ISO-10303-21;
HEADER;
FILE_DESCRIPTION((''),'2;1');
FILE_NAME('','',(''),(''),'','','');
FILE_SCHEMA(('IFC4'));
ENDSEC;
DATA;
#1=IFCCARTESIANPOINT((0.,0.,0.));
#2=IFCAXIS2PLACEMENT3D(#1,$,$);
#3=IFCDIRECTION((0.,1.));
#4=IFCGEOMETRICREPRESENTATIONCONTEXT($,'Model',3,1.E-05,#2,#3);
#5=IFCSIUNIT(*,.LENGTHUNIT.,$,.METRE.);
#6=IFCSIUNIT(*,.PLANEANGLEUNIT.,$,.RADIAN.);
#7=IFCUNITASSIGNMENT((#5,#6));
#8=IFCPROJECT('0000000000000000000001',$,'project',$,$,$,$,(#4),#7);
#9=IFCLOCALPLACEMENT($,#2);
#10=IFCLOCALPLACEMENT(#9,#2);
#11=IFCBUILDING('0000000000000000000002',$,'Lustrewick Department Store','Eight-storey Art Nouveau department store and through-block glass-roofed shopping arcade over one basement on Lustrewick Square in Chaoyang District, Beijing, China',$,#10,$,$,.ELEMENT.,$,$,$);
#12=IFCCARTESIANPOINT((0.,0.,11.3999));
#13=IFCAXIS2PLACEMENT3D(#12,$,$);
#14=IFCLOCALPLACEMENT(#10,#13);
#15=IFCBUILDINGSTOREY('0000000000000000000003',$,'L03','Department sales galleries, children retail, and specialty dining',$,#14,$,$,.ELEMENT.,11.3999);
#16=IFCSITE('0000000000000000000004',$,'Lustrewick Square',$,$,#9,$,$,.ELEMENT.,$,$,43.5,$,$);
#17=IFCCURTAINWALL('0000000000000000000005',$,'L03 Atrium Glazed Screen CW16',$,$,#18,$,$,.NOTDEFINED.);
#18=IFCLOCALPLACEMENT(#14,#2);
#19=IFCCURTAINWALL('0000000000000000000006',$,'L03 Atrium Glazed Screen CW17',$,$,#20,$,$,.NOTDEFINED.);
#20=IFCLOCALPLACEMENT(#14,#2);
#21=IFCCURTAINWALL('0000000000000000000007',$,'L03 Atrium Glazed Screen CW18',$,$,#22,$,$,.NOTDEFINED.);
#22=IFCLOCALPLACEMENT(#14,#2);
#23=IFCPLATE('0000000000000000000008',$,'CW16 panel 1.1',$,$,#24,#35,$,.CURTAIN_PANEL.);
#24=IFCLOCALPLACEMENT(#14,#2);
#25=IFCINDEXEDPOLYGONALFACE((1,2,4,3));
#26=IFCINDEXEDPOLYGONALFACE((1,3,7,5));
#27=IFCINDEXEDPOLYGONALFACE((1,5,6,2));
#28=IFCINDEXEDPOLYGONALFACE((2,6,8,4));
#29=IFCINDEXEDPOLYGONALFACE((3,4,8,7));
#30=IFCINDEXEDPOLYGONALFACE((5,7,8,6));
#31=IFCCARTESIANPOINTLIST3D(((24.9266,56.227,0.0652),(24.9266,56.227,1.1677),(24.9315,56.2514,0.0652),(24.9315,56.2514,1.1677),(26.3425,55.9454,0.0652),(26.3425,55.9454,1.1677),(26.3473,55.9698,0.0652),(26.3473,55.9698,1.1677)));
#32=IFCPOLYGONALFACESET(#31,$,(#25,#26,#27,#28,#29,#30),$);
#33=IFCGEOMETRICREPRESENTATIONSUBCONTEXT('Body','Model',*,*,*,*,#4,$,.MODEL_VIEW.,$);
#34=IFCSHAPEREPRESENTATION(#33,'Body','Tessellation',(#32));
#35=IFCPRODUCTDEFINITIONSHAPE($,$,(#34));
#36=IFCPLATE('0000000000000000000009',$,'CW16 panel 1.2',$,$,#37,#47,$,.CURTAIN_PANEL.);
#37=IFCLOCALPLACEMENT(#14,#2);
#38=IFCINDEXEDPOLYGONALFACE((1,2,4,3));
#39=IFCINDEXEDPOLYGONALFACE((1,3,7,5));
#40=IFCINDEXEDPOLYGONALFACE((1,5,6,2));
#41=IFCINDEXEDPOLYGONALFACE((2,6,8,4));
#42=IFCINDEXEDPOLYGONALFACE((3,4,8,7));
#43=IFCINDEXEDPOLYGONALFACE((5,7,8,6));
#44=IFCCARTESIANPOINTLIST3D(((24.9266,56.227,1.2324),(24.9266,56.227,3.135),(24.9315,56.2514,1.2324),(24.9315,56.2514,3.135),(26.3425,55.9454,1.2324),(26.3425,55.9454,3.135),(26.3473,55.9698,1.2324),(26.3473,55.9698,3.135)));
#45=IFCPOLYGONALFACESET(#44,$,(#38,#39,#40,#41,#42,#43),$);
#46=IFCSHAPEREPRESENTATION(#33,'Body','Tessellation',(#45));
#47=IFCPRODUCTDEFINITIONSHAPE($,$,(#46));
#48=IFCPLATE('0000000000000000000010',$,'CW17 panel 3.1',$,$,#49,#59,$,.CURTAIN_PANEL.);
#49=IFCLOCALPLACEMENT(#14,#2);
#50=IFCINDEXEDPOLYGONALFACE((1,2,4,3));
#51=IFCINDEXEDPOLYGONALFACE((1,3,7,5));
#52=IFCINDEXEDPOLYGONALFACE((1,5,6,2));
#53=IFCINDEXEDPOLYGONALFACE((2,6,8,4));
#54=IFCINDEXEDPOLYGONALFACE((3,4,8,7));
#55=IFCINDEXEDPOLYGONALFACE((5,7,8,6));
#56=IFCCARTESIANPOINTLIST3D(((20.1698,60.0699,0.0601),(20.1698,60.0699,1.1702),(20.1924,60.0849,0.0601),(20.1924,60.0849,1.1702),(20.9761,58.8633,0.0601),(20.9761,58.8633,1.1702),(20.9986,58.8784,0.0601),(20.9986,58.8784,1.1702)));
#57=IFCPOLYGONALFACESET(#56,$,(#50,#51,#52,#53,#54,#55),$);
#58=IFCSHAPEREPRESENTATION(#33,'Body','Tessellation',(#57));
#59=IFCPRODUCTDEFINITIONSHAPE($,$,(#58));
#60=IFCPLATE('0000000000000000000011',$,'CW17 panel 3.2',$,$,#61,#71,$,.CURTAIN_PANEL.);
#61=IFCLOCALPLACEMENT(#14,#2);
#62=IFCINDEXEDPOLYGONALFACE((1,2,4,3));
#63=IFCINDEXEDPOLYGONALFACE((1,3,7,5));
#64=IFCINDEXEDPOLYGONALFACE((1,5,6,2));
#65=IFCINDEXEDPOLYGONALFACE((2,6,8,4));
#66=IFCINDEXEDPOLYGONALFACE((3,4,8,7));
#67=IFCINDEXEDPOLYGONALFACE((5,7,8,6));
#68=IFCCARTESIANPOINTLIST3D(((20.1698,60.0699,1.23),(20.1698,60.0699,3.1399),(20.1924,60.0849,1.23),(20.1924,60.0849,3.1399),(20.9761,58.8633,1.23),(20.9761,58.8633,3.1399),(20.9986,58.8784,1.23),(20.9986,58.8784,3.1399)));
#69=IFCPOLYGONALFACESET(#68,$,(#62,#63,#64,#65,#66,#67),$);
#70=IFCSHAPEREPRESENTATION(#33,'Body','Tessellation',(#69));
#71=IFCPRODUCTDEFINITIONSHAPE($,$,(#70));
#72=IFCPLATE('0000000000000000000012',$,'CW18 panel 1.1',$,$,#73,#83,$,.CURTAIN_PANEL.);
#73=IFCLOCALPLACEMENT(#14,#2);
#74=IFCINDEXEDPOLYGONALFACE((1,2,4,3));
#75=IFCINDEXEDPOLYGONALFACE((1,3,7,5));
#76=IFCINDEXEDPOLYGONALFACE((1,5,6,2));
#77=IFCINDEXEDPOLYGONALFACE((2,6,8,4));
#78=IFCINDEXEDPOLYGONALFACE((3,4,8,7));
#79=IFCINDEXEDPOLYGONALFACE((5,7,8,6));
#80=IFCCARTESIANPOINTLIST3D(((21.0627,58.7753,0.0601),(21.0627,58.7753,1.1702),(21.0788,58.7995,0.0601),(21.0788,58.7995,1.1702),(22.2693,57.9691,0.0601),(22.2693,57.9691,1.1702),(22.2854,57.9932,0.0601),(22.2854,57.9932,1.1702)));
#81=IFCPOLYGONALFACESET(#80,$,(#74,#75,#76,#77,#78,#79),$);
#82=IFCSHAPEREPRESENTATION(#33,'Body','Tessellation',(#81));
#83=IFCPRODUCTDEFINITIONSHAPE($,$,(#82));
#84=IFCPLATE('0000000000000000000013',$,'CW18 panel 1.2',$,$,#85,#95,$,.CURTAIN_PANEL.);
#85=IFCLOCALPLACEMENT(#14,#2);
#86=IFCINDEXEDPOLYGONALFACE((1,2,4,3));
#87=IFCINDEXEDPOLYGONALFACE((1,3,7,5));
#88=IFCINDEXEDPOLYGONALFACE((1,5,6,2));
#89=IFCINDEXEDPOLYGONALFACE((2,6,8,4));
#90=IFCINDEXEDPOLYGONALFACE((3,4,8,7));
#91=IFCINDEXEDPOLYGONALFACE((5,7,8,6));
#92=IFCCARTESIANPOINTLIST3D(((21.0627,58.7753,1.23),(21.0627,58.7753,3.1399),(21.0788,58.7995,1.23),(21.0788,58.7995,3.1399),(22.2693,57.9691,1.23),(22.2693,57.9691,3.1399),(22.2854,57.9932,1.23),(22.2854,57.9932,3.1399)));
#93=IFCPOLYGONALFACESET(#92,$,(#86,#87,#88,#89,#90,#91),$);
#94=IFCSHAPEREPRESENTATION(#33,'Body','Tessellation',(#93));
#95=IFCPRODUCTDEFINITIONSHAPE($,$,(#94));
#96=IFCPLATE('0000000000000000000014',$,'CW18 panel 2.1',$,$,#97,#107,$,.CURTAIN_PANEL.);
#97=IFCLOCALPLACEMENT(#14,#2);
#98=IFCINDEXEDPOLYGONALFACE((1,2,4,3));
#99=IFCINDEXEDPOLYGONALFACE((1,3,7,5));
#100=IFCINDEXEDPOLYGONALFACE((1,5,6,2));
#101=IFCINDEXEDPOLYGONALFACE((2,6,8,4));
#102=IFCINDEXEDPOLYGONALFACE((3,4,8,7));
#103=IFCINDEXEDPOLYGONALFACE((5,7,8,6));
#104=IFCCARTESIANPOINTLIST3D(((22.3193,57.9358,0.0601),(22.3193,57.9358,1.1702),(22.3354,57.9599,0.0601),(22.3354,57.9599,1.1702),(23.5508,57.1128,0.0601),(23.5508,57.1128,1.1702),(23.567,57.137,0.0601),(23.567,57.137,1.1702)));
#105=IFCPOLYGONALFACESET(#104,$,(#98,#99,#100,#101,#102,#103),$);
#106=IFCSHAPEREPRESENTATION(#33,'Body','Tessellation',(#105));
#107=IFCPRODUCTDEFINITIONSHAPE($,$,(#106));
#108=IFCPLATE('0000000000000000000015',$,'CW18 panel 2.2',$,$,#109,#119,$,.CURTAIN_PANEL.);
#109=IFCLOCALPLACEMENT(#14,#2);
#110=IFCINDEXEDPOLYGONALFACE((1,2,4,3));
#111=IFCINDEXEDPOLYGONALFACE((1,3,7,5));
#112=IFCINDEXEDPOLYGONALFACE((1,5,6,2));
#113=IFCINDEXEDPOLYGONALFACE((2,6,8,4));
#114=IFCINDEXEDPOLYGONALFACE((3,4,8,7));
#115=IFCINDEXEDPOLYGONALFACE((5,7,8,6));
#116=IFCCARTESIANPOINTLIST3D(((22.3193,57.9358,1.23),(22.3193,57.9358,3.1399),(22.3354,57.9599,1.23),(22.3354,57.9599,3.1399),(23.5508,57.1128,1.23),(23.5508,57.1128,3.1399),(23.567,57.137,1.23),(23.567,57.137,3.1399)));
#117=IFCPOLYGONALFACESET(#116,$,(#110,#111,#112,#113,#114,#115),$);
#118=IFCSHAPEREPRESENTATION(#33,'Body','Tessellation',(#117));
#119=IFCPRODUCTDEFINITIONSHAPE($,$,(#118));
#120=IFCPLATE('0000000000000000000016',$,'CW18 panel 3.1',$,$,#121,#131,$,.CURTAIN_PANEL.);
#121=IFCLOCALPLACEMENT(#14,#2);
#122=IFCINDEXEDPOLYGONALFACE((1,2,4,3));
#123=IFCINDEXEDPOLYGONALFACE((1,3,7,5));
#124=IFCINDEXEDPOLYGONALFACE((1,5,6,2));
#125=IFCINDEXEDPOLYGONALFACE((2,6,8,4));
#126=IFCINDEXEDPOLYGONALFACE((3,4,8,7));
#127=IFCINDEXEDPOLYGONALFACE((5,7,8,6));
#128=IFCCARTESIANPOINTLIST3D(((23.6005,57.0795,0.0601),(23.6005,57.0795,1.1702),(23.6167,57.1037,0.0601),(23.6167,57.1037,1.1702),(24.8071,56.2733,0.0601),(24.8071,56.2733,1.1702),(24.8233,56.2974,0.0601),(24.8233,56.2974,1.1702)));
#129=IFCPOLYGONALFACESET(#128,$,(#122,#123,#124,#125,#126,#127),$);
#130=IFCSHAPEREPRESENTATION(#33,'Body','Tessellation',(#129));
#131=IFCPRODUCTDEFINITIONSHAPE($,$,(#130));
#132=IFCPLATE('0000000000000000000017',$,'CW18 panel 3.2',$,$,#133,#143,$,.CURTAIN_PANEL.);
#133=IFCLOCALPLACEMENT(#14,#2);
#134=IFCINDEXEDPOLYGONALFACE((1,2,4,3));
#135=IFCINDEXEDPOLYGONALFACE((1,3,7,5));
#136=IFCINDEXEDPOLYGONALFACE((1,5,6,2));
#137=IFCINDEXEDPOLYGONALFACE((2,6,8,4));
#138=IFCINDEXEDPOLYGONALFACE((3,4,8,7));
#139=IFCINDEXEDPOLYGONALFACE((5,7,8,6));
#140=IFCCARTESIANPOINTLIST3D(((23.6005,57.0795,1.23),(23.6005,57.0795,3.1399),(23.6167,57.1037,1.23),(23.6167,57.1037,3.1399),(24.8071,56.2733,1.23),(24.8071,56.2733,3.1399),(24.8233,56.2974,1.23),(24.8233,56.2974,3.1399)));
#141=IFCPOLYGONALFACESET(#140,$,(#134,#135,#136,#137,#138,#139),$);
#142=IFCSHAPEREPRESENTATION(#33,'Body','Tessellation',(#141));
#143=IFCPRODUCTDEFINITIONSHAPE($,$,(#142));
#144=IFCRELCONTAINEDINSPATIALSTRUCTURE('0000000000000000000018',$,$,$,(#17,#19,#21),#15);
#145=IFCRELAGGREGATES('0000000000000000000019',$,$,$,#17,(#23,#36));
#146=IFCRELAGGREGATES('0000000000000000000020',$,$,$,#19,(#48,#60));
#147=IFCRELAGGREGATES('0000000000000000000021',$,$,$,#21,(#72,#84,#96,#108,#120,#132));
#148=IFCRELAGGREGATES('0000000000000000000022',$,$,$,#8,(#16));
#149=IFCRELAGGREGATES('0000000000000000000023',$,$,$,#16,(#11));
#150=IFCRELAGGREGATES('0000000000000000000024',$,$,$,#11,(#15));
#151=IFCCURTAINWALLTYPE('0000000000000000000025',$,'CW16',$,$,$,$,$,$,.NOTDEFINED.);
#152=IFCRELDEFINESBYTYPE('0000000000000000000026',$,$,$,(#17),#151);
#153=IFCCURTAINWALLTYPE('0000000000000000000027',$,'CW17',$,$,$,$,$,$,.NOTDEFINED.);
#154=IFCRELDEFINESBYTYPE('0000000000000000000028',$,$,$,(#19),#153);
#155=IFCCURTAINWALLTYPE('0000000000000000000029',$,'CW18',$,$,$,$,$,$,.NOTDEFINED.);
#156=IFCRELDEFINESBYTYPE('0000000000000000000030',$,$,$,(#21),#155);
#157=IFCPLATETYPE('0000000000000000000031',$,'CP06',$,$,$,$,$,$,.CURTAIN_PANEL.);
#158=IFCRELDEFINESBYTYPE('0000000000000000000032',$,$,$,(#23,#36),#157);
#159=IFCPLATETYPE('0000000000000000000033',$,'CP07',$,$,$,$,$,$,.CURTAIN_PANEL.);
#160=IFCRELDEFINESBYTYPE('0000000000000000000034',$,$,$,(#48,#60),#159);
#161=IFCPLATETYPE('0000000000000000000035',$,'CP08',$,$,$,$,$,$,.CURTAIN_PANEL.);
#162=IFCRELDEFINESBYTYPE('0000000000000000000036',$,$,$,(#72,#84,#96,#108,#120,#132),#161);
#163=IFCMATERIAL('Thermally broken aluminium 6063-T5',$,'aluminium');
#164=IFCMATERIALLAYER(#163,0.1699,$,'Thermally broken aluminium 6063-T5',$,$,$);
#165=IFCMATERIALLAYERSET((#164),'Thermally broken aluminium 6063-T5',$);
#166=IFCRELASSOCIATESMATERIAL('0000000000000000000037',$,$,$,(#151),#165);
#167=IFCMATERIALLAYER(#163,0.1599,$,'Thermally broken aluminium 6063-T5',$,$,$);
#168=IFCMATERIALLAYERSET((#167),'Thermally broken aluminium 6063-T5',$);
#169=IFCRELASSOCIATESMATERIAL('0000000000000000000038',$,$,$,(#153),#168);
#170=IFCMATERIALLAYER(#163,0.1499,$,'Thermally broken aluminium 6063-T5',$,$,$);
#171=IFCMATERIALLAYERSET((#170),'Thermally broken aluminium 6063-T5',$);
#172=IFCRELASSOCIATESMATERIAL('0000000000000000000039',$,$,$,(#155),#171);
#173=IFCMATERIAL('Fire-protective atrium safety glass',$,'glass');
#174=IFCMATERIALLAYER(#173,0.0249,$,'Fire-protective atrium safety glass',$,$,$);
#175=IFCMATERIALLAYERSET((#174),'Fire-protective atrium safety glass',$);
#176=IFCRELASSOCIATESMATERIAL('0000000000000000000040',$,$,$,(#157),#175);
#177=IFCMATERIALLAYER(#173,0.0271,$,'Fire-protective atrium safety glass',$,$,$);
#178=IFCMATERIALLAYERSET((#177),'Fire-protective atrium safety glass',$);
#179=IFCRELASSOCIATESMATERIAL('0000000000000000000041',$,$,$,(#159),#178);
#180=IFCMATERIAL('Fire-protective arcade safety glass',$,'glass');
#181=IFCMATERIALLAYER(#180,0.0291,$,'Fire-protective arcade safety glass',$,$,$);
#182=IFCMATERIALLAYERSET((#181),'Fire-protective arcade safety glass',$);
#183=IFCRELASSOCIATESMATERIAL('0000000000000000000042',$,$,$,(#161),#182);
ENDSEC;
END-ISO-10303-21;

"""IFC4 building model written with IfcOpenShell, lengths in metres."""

from ifc_helpers import new_model, si_unit, direction, frame, origin, origin_2d, place, context, subcontext, project, spatial, rectangle, extrude, material, layer, layer_set, type_object, element, aggregate, save


model = new_model("IFC4")

# Units and contexts
model_context = context("Model", 3, precision=1e-05, world=origin(), true_north=direction((0.0, 1.0)))
body_context = subcontext(model_context, "Body", "Model", "MODEL_VIEW")
ifc_project = project(units=[si_unit("LENGTHUNIT", "METRE"), si_unit("PLANEANGLEUNIT", "RADIAN")], contexts=[model_context])

# Site, building, storey
site_placement = place(None, origin())
site = spatial("IfcSite", under=ifc_project, at=site_placement, Name="Lustrewick Square", CompositionType="ELEMENT", RefElevation=43.5)
building_placement = place(site_placement, origin())
building = spatial("IfcBuilding", under=site, at=building_placement, Name="Lustrewick Department Store", Description="Eight-storey Art Nouveau department store and through-block glass-roofed shopping arcade over one basement on Lustrewick Square in Chaoyang District, Beijing, China", CompositionType="ELEMENT")
storey_placement = place(building_placement, frame((0.0, 0.0, 11.3999)))
storey = spatial("IfcBuildingStorey", under=building, at=storey_placement, Name="L03", Description="Department sales galleries, children retail, and specialty dining", CompositionType="ELEMENT", Elevation=11.3999)

# Curtain walls
ifc_material_1 = material(Name="Thermally broken aluminium 6063-T5", Category="aluminium")
ifc_layer_1 = layer(ifc_material_1, 0.1699, Name="Thermally broken aluminium 6063-T5")
ifc_layer_set_1 = layer_set([ifc_layer_1], Name="Thermally broken aluminium 6063-T5")
curtain_wall_type_1 = type_object("IfcCurtainWallType", Name="CW16", PredefinedType="NOTDEFINED", material=ifc_layer_set_1)
curtain_wall_1_placement = place(storey_placement, origin())
curtain_wall_1 = element("IfcCurtainWall", 1, at=curtain_wall_1_placement, inside=storey, type_object=curtain_wall_type_1, Name="L03 Atrium Glazed Screen CW16", PredefinedType="NOTDEFINED")
ifc_layer_2 = layer(ifc_material_1, 0.1599, Name="Thermally broken aluminium 6063-T5")
ifc_layer_set_2 = layer_set([ifc_layer_2], Name="Thermally broken aluminium 6063-T5")
curtain_wall_type_2 = type_object("IfcCurtainWallType", Name="CW17", PredefinedType="NOTDEFINED", material=ifc_layer_set_2)
curtain_wall_2_placement = place(storey_placement, origin())
curtain_wall_2 = element("IfcCurtainWall", 2, at=curtain_wall_2_placement, inside=storey, type_object=curtain_wall_type_2, Name="L03 Atrium Glazed Screen CW17", PredefinedType="NOTDEFINED")
ifc_layer_3 = layer(ifc_material_1, 0.1499, Name="Thermally broken aluminium 6063-T5")
ifc_layer_set_3 = layer_set([ifc_layer_3], Name="Thermally broken aluminium 6063-T5")
curtain_wall_type_3 = type_object("IfcCurtainWallType", Name="CW18", PredefinedType="NOTDEFINED", material=ifc_layer_set_3)
curtain_wall_3_placement = place(storey_placement, origin())
curtain_wall_3 = element("IfcCurtainWall", 3, at=curtain_wall_3_placement, inside=storey, type_object=curtain_wall_type_3, Name="L03 Atrium Glazed Screen CW18", PredefinedType="NOTDEFINED")

# Plates
ifc_material_2 = material(Name="Fire-protective atrium safety glass", Category="glass")
ifc_layer_4 = layer(ifc_material_2, 0.0249, Name="Fire-protective atrium safety glass")
ifc_layer_set_4 = layer_set([ifc_layer_4], Name="Fire-protective atrium safety glass")
plate_type_1 = type_object("IfcPlateType", Name="CP06", PredefinedType="CURTAIN_PANEL", material=ifc_layer_set_4)
plate_1_placement = place(storey_placement, frame((25.637, 56.0984, 0.0652), z_axis=(0.0, 0.0, 1.0), x_axis=(0.980786, -0.195085, 0.0)))
plate_1 = element("IfcPlate", 4, at=plate_1_placement, type_object=plate_type_1, Name="CW16 panel 1.1", PredefinedType="CURTAIN_PANEL", context=body_context, shape_type="SweptSolid", body=[
    extrude(rectangle(XDim=1.4436, YDim=0.0249, at=origin_2d()), origin(), (0.0, 0.0, 1.0), 1.1025),
])
plate_2_placement = place(storey_placement, frame((25.637, 56.0984, 1.2324), z_axis=(0.0, 0.0, 1.0), x_axis=(0.980786, -0.195085, 0.0)))
plate_2 = element("IfcPlate", 5, at=plate_2_placement, type_object=plate_type_1, Name="CW16 panel 1.2", PredefinedType="CURTAIN_PANEL", context=body_context, shape_type="SweptSolid", body=[
    extrude(rectangle(XDim=1.4436, YDim=0.0249, at=origin_2d()), origin(), (0.0, 0.0, 1.0), 1.9026),
])
aggregate(curtain_wall_1, [plate_1, plate_2])
ifc_layer_5 = layer(ifc_material_2, 0.0271, Name="Fire-protective atrium safety glass")
ifc_layer_set_5 = layer_set([ifc_layer_5], Name="Fire-protective atrium safety glass")
plate_type_2 = type_object("IfcPlateType", Name="CP07", PredefinedType="CURTAIN_PANEL", material=ifc_layer_set_5)
plate_3_placement = place(storey_placement, frame((20.5842, 59.4741, 0.0601), z_axis=(0.0, 0.0, 1.0), x_axis=(0.555578, -0.831464, 0.0)))
plate_3 = element("IfcPlate", 6, at=plate_3_placement, type_object=plate_type_2, Name="CW17 panel 3.1", PredefinedType="CURTAIN_PANEL", context=body_context, shape_type="SweptSolid", body=[
    extrude(rectangle(XDim=1.4512, YDim=0.0271, at=origin_2d()), origin(), (0.0, 0.0, 1.0), 1.1101),
])
plate_4_placement = place(storey_placement, frame((20.5842, 59.4741, 1.23), z_axis=(0.0, 0.0, 1.0), x_axis=(0.555578, -0.831464, 0.0)))
plate_4 = element("IfcPlate", 7, at=plate_4_placement, type_object=plate_type_2, Name="CW17 panel 3.2", PredefinedType="CURTAIN_PANEL", context=body_context, shape_type="SweptSolid", body=[
    extrude(rectangle(XDim=1.4512, YDim=0.0271, at=origin_2d()), origin(), (0.0, 0.0, 1.0), 1.9099),
])
aggregate(curtain_wall_2, [plate_3, plate_4])
ifc_material_3 = material(Name="Fire-protective arcade safety glass", Category="glass")
ifc_layer_6 = layer(ifc_material_3, 0.0291, Name="Fire-protective arcade safety glass")
ifc_layer_set_6 = layer_set([ifc_layer_6], Name="Fire-protective arcade safety glass")
plate_type_3 = type_object("IfcPlateType", Name="CP08", PredefinedType="CURTAIN_PANEL", material=ifc_layer_set_6)
plate_5_placement = place(storey_placement, frame((21.6741, 58.3843, 0.0601), z_axis=(0.0, 0.0, 1.0), x_axis=(0.831464, -0.555578, 0.0)))
plate_5 = element("IfcPlate", 8, at=plate_5_placement, type_object=plate_type_3, Name="CW18 panel 1.1", PredefinedType="CURTAIN_PANEL", context=body_context, shape_type="SweptSolid", body=[
    extrude(rectangle(XDim=1.4512, YDim=0.0291, at=origin_2d()), origin(), (0.0, 0.0, 1.0), 1.1101),
])
plate_6_placement = place(storey_placement, frame((21.6741, 58.3843, 1.23), z_axis=(0.0, 0.0, 1.0), x_axis=(0.831464, -0.555578, 0.0)))
plate_6 = element("IfcPlate", 9, at=plate_6_placement, type_object=plate_type_3, Name="CW18 panel 1.2", PredefinedType="CURTAIN_PANEL", context=body_context, shape_type="SweptSolid", body=[
    extrude(rectangle(XDim=1.4512, YDim=0.0291, at=origin_2d()), origin(), (0.0, 0.0, 1.0), 1.9099),
])
plate_7_placement = place(storey_placement, frame((22.9431, 57.5364, 0.0601), z_axis=(0.0, 0.0, 1.0), x_axis=(0.831464, -0.555578, 0.0)))
plate_7 = element("IfcPlate", 10, at=plate_7_placement, type_object=plate_type_3, Name="CW18 panel 2.1", PredefinedType="CURTAIN_PANEL", context=body_context, shape_type="SweptSolid", body=[
    extrude(rectangle(XDim=1.4812, YDim=0.0291, at=origin_2d()), origin(), (0.0, 0.0, 1.0), 1.1101),
])
plate_8_placement = place(storey_placement, frame((22.9431, 57.5364, 1.23), z_axis=(0.0, 0.0, 1.0), x_axis=(0.831464, -0.555578, 0.0)))
plate_8 = element("IfcPlate", 11, at=plate_8_placement, type_object=plate_type_3, Name="CW18 panel 2.2", PredefinedType="CURTAIN_PANEL", context=body_context, shape_type="SweptSolid", body=[
    extrude(rectangle(XDim=1.4812, YDim=0.0291, at=origin_2d()), origin(), (0.0, 0.0, 1.0), 1.9099),
])
plate_9_placement = place(storey_placement, frame((24.2119, 56.6885, 0.0601), z_axis=(0.0, 0.0, 1.0), x_axis=(0.831464, -0.555578, 0.0)))
plate_9 = element("IfcPlate", 12, at=plate_9_placement, type_object=plate_type_3, Name="CW18 panel 3.1", PredefinedType="CURTAIN_PANEL", context=body_context, shape_type="SweptSolid", body=[
    extrude(rectangle(XDim=1.4512, YDim=0.0291, at=origin_2d()), origin(), (0.0, 0.0, 1.0), 1.1101),
])
plate_10_placement = place(storey_placement, frame((24.2119, 56.6885, 1.23), z_axis=(0.0, 0.0, 1.0), x_axis=(0.831464, -0.555578, 0.0)))
plate_10 = element("IfcPlate", 13, at=plate_10_placement, type_object=plate_type_3, Name="CW18 panel 3.2", PredefinedType="CURTAIN_PANEL", context=body_context, shape_type="SweptSolid", body=[
    extrude(rectangle(XDim=1.4512, YDim=0.0291, at=origin_2d()), origin(), (0.0, 0.0, 1.0), 1.9099),
])
aggregate(curtain_wall_3, [plate_5, plate_6, plate_7, plate_8, plate_9, plate_10])

save(model, "model.ifc")
